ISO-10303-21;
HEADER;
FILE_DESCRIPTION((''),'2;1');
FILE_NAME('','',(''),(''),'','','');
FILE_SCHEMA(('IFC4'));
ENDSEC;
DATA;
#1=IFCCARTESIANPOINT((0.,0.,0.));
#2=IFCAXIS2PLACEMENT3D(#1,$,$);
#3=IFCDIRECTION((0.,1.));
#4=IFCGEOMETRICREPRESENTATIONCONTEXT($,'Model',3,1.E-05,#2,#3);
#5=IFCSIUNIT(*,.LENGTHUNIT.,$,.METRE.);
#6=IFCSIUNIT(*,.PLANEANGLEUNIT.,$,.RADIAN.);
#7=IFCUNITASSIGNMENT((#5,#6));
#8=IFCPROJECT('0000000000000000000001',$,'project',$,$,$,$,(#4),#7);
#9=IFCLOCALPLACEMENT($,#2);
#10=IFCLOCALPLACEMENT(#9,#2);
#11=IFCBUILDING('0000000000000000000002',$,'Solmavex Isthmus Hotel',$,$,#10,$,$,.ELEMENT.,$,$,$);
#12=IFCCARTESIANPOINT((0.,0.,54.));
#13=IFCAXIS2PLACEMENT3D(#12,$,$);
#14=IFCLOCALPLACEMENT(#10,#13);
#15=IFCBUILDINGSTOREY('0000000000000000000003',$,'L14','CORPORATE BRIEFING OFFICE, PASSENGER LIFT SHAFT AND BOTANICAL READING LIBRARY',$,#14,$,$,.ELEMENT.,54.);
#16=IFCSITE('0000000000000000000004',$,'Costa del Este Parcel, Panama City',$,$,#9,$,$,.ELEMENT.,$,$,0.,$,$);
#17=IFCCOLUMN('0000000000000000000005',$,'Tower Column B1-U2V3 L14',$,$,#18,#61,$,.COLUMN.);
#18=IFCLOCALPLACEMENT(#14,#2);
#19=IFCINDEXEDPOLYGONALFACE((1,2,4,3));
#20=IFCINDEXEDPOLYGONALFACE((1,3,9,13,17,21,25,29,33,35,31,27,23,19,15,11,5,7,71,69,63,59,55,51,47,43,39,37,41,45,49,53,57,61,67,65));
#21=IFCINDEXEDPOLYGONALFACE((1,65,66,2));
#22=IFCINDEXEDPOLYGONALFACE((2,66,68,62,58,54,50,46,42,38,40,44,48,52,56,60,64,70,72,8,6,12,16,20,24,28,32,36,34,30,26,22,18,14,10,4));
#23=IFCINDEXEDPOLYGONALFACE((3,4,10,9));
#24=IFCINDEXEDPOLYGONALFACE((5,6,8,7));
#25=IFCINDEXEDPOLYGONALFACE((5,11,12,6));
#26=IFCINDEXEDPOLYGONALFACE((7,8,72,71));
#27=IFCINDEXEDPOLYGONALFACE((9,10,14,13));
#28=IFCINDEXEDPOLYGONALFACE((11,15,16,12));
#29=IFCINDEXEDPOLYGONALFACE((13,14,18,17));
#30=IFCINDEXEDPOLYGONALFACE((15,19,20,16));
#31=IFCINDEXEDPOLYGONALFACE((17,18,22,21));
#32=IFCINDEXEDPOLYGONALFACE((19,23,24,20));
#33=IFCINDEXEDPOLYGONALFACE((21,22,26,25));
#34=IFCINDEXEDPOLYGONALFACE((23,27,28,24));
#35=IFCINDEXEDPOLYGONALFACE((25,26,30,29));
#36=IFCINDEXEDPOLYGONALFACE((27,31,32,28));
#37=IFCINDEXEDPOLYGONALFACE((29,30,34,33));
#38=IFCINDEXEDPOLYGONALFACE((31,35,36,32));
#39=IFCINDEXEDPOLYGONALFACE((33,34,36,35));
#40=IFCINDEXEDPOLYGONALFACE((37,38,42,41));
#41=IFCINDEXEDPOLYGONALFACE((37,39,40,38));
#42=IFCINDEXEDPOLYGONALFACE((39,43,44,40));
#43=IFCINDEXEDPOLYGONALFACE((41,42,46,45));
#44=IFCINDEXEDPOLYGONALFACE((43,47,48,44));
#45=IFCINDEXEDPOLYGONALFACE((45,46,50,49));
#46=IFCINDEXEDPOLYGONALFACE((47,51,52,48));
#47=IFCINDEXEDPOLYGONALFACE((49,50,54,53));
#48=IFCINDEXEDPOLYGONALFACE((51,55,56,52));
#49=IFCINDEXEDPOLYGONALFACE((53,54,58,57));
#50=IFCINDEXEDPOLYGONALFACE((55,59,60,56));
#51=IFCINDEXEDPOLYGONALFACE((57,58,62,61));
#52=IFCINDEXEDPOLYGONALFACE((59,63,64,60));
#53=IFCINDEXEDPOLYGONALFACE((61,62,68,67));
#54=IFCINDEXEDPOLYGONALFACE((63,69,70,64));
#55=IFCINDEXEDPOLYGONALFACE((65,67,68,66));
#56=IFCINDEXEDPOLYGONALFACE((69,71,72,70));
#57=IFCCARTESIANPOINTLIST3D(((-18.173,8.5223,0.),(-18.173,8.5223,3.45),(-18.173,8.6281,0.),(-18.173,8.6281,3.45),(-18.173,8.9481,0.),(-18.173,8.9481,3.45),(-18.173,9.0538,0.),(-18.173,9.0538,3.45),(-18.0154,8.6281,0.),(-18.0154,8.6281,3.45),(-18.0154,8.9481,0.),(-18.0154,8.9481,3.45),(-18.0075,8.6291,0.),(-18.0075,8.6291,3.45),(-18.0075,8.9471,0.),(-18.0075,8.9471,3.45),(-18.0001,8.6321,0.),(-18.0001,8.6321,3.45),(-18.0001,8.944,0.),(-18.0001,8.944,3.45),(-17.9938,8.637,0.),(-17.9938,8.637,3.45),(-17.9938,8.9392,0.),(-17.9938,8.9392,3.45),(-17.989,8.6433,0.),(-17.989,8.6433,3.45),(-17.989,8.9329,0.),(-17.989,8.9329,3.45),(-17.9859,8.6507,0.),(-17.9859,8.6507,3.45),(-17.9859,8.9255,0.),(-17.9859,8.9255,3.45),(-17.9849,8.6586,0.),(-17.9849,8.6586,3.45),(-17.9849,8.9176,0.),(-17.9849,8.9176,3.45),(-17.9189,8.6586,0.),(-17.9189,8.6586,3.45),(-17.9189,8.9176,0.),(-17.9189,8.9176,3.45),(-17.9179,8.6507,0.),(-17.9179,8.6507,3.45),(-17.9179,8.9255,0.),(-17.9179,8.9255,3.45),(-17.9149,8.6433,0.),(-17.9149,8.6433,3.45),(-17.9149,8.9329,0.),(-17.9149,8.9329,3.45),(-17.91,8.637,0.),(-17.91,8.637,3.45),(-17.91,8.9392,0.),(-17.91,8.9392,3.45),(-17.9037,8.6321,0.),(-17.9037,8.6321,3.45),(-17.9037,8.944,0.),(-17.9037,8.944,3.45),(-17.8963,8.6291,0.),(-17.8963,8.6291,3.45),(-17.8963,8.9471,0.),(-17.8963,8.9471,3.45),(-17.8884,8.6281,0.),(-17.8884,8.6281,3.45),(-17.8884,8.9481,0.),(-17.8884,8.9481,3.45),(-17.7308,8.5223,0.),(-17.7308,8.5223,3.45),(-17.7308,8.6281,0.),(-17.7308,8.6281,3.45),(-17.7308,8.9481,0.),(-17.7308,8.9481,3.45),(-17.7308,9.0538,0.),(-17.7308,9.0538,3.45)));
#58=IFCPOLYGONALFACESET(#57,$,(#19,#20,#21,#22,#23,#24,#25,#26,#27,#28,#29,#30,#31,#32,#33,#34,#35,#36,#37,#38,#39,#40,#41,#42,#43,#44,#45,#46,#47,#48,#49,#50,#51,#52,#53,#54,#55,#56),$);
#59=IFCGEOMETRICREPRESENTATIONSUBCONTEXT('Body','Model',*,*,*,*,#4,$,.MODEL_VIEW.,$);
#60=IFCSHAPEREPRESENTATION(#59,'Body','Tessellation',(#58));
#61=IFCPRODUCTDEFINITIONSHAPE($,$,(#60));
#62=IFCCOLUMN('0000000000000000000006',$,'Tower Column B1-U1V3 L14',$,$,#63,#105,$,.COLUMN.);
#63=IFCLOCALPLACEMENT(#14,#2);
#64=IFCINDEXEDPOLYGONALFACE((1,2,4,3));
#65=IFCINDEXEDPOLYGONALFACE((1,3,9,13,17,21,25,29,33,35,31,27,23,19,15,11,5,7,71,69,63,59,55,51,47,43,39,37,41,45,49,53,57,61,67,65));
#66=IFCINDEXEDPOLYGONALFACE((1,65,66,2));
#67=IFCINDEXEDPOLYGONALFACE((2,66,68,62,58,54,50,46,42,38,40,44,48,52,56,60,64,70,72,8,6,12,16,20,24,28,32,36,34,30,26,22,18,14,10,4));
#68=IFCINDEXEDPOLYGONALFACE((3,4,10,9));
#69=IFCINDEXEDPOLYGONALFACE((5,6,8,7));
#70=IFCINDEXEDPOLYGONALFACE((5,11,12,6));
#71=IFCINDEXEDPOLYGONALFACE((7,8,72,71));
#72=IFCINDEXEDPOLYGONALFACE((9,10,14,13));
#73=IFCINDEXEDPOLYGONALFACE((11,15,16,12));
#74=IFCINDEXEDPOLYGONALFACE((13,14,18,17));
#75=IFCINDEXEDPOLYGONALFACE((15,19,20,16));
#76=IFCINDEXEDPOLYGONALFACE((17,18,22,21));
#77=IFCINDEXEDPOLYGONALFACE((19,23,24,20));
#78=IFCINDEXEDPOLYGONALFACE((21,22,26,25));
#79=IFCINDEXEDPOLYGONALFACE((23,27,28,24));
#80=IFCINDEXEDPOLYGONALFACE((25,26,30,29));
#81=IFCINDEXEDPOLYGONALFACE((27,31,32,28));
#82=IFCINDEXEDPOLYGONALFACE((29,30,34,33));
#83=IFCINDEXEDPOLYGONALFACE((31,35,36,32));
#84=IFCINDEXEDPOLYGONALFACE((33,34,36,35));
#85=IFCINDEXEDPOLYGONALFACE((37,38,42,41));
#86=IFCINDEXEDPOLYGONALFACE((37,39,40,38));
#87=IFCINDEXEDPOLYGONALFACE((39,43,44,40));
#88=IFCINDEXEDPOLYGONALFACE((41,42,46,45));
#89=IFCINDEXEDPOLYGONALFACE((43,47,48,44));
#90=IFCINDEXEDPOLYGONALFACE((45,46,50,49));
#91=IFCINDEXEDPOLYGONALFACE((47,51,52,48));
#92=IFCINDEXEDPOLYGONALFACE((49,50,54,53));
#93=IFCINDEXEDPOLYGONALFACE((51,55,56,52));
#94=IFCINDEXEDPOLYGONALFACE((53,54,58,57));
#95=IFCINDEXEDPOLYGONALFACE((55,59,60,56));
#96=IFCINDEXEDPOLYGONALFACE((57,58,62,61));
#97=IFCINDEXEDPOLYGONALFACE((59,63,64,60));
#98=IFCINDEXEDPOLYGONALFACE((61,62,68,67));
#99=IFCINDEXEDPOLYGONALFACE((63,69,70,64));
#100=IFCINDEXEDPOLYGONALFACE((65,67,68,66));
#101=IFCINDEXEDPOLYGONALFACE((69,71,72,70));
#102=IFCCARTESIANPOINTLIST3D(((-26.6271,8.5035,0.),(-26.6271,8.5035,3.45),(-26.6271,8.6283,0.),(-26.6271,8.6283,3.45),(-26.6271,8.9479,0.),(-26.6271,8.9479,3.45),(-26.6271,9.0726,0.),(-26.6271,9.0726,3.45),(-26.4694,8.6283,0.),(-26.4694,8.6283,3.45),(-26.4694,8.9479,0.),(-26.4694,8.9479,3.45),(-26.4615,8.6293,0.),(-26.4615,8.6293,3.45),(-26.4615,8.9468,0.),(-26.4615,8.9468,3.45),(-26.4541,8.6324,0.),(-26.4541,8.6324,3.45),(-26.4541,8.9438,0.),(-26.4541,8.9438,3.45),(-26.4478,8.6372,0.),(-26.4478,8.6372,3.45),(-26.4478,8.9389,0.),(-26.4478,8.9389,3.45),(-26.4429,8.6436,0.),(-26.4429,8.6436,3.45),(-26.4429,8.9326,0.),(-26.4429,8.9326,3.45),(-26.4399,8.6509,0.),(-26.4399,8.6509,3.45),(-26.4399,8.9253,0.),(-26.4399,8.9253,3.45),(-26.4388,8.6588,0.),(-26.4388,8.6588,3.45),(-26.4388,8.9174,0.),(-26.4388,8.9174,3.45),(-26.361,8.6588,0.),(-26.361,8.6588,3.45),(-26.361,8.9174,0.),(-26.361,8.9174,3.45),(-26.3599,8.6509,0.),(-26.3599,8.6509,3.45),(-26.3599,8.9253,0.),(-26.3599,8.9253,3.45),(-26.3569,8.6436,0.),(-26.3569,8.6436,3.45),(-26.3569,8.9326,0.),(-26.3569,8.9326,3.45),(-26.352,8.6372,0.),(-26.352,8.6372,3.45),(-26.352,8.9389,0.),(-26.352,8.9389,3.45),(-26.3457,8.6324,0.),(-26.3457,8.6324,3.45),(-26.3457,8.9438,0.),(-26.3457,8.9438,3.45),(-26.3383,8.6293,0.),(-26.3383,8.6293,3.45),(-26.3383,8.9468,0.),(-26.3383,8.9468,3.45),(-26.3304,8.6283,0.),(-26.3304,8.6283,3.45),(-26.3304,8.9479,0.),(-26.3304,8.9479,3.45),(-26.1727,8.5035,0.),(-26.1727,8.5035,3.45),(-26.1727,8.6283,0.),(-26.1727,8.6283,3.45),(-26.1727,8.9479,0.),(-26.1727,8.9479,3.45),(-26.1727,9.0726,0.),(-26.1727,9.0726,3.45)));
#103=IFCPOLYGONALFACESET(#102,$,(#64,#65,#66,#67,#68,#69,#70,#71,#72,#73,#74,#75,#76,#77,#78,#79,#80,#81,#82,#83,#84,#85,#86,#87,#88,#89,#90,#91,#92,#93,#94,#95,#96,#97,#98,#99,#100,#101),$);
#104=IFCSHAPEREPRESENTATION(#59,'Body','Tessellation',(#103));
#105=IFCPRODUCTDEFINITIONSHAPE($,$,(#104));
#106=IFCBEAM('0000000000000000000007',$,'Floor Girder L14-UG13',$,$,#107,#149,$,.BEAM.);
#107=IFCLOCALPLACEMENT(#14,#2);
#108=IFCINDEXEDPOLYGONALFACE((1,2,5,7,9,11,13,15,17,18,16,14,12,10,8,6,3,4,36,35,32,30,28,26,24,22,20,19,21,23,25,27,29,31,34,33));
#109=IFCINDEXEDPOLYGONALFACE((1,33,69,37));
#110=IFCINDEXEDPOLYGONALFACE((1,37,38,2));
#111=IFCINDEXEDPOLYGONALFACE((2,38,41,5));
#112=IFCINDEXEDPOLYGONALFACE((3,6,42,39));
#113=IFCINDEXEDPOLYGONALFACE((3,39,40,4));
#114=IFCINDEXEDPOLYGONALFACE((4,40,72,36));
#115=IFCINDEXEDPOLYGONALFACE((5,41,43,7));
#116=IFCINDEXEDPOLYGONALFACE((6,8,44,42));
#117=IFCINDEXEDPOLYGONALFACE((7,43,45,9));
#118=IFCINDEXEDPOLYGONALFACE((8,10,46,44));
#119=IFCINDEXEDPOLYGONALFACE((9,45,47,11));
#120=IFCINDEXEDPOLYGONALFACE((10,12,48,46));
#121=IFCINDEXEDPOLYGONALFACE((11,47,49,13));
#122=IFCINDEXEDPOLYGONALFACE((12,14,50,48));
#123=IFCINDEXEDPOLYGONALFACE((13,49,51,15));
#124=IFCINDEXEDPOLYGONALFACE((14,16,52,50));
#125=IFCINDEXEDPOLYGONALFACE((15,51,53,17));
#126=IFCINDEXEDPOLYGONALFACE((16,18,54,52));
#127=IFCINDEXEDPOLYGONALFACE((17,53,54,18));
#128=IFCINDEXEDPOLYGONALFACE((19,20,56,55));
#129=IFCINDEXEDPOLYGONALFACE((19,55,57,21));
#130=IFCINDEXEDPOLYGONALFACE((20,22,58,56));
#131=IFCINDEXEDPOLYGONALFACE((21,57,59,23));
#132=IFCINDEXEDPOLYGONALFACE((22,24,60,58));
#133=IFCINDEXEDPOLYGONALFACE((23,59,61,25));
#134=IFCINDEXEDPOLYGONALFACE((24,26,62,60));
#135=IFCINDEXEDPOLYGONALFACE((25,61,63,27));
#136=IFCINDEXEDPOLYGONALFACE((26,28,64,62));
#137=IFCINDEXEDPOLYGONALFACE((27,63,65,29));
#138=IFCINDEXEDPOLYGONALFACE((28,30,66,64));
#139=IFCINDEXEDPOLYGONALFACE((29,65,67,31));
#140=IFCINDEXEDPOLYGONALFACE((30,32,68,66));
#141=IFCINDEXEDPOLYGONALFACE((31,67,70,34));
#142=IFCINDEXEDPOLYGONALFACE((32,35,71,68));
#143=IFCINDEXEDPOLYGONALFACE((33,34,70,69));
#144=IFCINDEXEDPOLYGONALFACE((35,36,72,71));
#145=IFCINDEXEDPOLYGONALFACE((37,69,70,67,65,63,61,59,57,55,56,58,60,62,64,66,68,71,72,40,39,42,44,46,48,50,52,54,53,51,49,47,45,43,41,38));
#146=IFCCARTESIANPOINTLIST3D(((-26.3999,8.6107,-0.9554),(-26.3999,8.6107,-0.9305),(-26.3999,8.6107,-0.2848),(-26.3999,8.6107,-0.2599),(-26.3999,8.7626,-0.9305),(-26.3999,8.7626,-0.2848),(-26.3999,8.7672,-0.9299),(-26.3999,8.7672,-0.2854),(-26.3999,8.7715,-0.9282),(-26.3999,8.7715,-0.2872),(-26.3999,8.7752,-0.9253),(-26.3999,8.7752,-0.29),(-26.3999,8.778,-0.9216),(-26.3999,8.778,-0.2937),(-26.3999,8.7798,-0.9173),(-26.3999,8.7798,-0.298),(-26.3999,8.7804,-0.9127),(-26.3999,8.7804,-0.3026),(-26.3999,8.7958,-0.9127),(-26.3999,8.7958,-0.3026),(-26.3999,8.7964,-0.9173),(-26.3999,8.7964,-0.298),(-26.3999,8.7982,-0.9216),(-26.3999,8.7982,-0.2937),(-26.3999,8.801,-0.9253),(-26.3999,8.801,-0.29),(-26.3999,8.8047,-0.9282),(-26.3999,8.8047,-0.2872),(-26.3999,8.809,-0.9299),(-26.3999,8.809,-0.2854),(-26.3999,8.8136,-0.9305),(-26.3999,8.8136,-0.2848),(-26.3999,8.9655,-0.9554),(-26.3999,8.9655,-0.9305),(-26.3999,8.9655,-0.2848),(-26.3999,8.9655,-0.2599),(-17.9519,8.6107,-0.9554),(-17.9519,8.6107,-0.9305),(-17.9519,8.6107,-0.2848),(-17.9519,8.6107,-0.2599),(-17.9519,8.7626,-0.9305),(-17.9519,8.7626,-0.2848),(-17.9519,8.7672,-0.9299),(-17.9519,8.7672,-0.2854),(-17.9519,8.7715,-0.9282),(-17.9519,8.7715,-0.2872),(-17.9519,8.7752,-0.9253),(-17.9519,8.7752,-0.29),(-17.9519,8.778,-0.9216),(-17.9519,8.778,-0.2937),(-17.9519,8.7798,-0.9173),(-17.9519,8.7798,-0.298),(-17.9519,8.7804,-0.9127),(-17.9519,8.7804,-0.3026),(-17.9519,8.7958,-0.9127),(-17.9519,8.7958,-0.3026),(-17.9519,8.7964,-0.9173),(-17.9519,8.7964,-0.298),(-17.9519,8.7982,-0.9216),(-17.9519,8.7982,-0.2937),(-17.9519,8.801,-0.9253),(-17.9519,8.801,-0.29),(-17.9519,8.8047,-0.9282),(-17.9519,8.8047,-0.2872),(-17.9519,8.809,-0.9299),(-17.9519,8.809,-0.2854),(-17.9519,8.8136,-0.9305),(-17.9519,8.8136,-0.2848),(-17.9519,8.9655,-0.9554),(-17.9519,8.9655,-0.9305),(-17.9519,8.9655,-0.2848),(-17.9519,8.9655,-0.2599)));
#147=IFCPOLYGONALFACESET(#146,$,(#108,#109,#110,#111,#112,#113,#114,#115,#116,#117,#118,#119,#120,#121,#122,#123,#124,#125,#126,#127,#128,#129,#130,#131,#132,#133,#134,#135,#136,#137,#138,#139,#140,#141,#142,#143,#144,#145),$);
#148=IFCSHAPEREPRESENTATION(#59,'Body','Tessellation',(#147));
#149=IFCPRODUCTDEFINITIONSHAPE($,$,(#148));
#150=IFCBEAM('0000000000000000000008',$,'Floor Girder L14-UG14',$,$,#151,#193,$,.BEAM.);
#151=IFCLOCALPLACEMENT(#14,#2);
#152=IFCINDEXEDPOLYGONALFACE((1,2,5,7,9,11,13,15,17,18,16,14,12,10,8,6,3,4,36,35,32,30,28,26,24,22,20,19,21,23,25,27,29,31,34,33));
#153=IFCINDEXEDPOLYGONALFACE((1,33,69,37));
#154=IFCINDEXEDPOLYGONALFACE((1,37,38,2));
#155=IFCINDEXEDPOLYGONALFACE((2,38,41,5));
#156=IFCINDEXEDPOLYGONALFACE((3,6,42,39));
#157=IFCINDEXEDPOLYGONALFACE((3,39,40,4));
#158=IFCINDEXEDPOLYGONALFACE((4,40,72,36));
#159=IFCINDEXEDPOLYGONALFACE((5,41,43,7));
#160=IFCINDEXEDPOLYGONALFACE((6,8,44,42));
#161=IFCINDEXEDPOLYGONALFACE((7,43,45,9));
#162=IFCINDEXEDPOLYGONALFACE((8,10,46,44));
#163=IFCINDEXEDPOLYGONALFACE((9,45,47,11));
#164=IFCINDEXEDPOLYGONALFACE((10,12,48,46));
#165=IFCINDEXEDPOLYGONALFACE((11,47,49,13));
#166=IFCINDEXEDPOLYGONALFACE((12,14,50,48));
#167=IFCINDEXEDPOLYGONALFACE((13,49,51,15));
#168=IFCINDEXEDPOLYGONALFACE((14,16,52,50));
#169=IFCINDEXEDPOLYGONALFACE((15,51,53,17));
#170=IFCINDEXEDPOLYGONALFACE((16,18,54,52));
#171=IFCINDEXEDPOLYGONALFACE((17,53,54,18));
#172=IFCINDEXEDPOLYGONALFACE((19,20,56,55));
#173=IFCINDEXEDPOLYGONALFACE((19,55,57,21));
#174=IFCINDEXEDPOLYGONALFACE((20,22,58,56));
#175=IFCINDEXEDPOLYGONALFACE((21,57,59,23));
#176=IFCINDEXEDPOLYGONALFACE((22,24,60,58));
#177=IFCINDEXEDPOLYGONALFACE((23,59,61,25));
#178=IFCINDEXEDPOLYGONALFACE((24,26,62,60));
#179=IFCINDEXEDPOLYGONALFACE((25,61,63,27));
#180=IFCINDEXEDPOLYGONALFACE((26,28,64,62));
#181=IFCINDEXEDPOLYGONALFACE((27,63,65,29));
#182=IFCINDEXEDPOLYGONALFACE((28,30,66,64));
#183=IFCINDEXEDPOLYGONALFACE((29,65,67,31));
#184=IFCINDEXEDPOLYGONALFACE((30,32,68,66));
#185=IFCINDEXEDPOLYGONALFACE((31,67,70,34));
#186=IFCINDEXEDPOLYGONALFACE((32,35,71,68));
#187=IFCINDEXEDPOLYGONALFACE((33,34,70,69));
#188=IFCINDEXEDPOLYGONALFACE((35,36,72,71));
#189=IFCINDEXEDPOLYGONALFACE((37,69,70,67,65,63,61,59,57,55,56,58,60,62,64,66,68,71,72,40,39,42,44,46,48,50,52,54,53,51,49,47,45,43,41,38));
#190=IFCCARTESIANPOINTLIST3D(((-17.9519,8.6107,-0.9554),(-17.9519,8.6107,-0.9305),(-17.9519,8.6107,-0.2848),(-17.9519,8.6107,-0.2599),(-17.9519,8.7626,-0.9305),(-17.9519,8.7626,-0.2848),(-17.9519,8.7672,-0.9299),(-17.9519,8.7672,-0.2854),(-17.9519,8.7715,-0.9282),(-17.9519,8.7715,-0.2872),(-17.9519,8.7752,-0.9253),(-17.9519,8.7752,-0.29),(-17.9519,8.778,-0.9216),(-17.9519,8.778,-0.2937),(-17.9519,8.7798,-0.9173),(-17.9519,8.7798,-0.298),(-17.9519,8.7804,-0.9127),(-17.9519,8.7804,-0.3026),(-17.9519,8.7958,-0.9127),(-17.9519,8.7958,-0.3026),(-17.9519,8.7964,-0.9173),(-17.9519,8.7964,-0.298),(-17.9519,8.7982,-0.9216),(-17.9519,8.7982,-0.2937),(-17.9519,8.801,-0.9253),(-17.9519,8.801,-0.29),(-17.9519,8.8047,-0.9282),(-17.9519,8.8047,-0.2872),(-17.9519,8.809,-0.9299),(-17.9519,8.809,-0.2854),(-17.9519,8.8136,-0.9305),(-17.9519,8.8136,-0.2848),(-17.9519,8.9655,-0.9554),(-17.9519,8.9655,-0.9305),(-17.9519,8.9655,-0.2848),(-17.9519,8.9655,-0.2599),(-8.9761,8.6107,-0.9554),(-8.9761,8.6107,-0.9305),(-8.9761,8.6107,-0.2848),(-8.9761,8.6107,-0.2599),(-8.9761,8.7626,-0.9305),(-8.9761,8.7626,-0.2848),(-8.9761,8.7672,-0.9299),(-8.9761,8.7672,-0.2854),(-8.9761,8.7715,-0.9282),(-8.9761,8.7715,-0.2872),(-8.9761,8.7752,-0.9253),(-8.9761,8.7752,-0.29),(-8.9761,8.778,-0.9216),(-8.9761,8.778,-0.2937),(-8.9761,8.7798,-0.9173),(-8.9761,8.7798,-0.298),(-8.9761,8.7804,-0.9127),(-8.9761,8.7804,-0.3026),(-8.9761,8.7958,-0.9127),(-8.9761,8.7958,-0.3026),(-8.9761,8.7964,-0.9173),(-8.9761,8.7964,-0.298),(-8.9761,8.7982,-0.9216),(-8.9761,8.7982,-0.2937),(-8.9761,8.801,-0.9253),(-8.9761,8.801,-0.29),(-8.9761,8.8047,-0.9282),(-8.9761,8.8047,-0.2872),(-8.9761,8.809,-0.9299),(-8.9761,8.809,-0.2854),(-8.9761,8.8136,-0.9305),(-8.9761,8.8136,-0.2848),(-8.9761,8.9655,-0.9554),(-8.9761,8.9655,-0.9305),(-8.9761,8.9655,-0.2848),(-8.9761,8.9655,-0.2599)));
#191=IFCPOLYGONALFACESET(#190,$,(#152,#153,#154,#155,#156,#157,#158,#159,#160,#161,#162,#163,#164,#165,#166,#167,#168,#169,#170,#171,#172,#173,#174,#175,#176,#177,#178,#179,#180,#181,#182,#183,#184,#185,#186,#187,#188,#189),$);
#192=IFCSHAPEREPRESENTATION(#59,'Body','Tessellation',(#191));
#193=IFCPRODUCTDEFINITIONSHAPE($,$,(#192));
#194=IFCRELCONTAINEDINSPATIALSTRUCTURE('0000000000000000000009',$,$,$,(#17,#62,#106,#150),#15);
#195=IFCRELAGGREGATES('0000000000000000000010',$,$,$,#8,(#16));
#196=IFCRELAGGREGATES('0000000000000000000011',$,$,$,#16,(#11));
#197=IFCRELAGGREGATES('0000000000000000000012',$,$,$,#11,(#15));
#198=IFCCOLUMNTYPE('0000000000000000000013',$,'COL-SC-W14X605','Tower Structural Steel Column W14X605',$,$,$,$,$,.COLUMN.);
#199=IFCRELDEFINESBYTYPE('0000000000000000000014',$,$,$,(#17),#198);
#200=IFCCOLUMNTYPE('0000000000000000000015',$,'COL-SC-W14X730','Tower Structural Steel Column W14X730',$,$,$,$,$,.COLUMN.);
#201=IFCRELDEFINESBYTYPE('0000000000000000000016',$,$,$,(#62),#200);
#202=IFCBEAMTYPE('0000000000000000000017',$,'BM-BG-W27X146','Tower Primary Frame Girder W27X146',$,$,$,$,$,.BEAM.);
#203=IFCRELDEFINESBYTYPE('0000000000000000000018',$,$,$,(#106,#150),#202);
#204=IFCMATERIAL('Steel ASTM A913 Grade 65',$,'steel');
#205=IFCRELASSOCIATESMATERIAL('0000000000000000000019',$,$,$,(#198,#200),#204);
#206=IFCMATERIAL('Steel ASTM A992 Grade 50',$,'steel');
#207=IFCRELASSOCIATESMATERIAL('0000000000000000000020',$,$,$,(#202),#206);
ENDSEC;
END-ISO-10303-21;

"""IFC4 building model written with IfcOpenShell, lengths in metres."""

from ifc_helpers import new_model, si_unit, direction, frame, origin, origin_2d, place, context, subcontext, project, spatial, i_section, extrude, material, material_profile, profile_set, type_object, element, save


model = new_model("IFC4")

# Units and contexts
model_context = context("Model", 3, precision=1e-05, world=origin(), true_north=direction((0.0, 1.0)))
body_context = subcontext(model_context, "Body", "Model", "MODEL_VIEW")
ifc_project = project(units=[si_unit("LENGTHUNIT", "METRE"), si_unit("PLANEANGLEUNIT", "RADIAN")], contexts=[model_context])

# Site, building, storey
site_placement = place(None, origin())
site = spatial("IfcSite", under=ifc_project, at=site_placement, Name="Costa del Este Parcel, Panama City", CompositionType="ELEMENT", RefElevation=0.0)
building_placement = place(site_placement, origin())
building = spatial("IfcBuilding", under=site, at=building_placement, Name="Solmavex Isthmus Hotel", CompositionType="ELEMENT")
storey_placement = place(building_placement, frame((0.0, 0.0, 54.0)))
storey = spatial("IfcBuildingStorey", under=building, at=storey_placement, Name="L14", Description="CORPORATE BRIEFING OFFICE, PASSENGER LIFT SHAFT AND BOTANICAL READING LIBRARY", CompositionType="ELEMENT", Elevation=54.0)

# Columns
ifc_material_1 = material(Name="Steel ASTM A913 Grade 65", Category="steel")
ifc_material_profile_1 = material_profile(ifc_material_1, i_section(OverallWidth=0.4421, OverallDepth=0.5315, WebThickness=0.0659, FlangeThickness=0.1057, FilletRadius=0.0305, at=origin_2d()), Name="W14X605")
ifc_profile_set_1 = profile_set([ifc_material_profile_1], Name="Steel ASTM A913 Grade 65")
column_type_1 = type_object("IfcColumnType", Name="COL-SC-W14X605", Description="Tower Structural Steel Column W14X605", PredefinedType="COLUMN", material=ifc_profile_set_1)
column_1_placement = place(storey_placement, frame((-17.9519, 8.7881, 0.0), z_axis=(0.0, 0.0, 1.0), x_axis=(1.0, 0.0, 0.0)))
element("IfcColumn", 1, at=column_1_placement, inside=storey, type_object=column_type_1, Name="Tower Column B1-U2V3 L14", PredefinedType="COLUMN", context=body_context, shape_type="SweptSolid", body=[
    extrude(i_section(OverallWidth=0.4421, OverallDepth=0.5315, WebThickness=0.0659, FlangeThickness=0.1057, FilletRadius=0.0305, at=origin_2d()), origin(), (0.0, 0.0, 1.0), 3.45),
])
ifc_material_profile_2 = material_profile(ifc_material_1, i_section(OverallWidth=0.4543, OverallDepth=0.5691, WebThickness=0.0779, FlangeThickness=0.1248, FilletRadius=0.0305, at=origin_2d()), Name="W14X730")
ifc_profile_set_2 = profile_set([ifc_material_profile_2], Name="Steel ASTM A913 Grade 65")
column_type_2 = type_object("IfcColumnType", Name="COL-SC-W14X730", Description="Tower Structural Steel Column W14X730", PredefinedType="COLUMN", material=ifc_profile_set_2)
column_2_placement = place(storey_placement, frame((-26.3999, 8.7881, 0.0), z_axis=(0.0, 0.0, 1.0), x_axis=(1.0, 0.0, 0.0)))
element("IfcColumn", 2, at=column_2_placement, inside=storey, type_object=column_type_2, Name="Tower Column B1-U1V3 L14", PredefinedType="COLUMN", context=body_context, shape_type="SweptSolid", body=[
    extrude(i_section(OverallWidth=0.4543, OverallDepth=0.5691, WebThickness=0.0779, FlangeThickness=0.1248, FilletRadius=0.0305, at=origin_2d()), origin(), (0.0, 0.0, 1.0), 3.45),
])

# Beams
ifc_material_2 = material(Name="Steel ASTM A992 Grade 50", Category="steel")
ifc_material_profile_3 = material_profile(ifc_material_2, i_section(OverallWidth=0.3547, OverallDepth=0.6956, WebThickness=0.0154, FlangeThickness=0.0249, FilletRadius=0.0178, at=origin_2d()), Name="W27X146")
ifc_profile_set_3 = profile_set([ifc_material_profile_3], Name="Steel ASTM A992 Grade 50")
beam_type_1 = type_object("IfcBeamType", Name="BM-BG-W27X146", Description="Tower Primary Frame Girder W27X146", PredefinedType="BEAM", material=ifc_profile_set_3)
beam_1_placement = place(storey_placement, frame((-26.3999, 8.7881, -0.6077), z_axis=(1.0, 0.0, 0.0), x_axis=(0.0, 1.0, 0.0)))
element("IfcBeam", 3, at=beam_1_placement, inside=storey, type_object=beam_type_1, Name="Floor Girder L14-UG13", PredefinedType="BEAM", context=body_context, shape_type="SweptSolid", body=[
    extrude(i_section(OverallWidth=0.3547, OverallDepth=0.6956, WebThickness=0.0154, FlangeThickness=0.0249, FilletRadius=0.0178, at=origin_2d()), origin(), (0.0, 0.0, 1.0), 8.448),
])
beam_2_placement = place(storey_placement, frame((-17.9519, 8.7881, -0.6077), z_axis=(1.0, 0.0, 0.0), x_axis=(0.0, 1.0, 0.0)))
element("IfcBeam", 4, at=beam_2_placement, inside=storey, type_object=beam_type_1, Name="Floor Girder L14-UG14", PredefinedType="BEAM", context=body_context, shape_type="SweptSolid", body=[
    extrude(i_section(OverallWidth=0.3547, OverallDepth=0.6956, WebThickness=0.0154, FlangeThickness=0.0249, FilletRadius=0.0178, at=origin_2d()), origin(), (0.0, 0.0, 1.0), 8.9758),
])

save(model, "model.ifc")
